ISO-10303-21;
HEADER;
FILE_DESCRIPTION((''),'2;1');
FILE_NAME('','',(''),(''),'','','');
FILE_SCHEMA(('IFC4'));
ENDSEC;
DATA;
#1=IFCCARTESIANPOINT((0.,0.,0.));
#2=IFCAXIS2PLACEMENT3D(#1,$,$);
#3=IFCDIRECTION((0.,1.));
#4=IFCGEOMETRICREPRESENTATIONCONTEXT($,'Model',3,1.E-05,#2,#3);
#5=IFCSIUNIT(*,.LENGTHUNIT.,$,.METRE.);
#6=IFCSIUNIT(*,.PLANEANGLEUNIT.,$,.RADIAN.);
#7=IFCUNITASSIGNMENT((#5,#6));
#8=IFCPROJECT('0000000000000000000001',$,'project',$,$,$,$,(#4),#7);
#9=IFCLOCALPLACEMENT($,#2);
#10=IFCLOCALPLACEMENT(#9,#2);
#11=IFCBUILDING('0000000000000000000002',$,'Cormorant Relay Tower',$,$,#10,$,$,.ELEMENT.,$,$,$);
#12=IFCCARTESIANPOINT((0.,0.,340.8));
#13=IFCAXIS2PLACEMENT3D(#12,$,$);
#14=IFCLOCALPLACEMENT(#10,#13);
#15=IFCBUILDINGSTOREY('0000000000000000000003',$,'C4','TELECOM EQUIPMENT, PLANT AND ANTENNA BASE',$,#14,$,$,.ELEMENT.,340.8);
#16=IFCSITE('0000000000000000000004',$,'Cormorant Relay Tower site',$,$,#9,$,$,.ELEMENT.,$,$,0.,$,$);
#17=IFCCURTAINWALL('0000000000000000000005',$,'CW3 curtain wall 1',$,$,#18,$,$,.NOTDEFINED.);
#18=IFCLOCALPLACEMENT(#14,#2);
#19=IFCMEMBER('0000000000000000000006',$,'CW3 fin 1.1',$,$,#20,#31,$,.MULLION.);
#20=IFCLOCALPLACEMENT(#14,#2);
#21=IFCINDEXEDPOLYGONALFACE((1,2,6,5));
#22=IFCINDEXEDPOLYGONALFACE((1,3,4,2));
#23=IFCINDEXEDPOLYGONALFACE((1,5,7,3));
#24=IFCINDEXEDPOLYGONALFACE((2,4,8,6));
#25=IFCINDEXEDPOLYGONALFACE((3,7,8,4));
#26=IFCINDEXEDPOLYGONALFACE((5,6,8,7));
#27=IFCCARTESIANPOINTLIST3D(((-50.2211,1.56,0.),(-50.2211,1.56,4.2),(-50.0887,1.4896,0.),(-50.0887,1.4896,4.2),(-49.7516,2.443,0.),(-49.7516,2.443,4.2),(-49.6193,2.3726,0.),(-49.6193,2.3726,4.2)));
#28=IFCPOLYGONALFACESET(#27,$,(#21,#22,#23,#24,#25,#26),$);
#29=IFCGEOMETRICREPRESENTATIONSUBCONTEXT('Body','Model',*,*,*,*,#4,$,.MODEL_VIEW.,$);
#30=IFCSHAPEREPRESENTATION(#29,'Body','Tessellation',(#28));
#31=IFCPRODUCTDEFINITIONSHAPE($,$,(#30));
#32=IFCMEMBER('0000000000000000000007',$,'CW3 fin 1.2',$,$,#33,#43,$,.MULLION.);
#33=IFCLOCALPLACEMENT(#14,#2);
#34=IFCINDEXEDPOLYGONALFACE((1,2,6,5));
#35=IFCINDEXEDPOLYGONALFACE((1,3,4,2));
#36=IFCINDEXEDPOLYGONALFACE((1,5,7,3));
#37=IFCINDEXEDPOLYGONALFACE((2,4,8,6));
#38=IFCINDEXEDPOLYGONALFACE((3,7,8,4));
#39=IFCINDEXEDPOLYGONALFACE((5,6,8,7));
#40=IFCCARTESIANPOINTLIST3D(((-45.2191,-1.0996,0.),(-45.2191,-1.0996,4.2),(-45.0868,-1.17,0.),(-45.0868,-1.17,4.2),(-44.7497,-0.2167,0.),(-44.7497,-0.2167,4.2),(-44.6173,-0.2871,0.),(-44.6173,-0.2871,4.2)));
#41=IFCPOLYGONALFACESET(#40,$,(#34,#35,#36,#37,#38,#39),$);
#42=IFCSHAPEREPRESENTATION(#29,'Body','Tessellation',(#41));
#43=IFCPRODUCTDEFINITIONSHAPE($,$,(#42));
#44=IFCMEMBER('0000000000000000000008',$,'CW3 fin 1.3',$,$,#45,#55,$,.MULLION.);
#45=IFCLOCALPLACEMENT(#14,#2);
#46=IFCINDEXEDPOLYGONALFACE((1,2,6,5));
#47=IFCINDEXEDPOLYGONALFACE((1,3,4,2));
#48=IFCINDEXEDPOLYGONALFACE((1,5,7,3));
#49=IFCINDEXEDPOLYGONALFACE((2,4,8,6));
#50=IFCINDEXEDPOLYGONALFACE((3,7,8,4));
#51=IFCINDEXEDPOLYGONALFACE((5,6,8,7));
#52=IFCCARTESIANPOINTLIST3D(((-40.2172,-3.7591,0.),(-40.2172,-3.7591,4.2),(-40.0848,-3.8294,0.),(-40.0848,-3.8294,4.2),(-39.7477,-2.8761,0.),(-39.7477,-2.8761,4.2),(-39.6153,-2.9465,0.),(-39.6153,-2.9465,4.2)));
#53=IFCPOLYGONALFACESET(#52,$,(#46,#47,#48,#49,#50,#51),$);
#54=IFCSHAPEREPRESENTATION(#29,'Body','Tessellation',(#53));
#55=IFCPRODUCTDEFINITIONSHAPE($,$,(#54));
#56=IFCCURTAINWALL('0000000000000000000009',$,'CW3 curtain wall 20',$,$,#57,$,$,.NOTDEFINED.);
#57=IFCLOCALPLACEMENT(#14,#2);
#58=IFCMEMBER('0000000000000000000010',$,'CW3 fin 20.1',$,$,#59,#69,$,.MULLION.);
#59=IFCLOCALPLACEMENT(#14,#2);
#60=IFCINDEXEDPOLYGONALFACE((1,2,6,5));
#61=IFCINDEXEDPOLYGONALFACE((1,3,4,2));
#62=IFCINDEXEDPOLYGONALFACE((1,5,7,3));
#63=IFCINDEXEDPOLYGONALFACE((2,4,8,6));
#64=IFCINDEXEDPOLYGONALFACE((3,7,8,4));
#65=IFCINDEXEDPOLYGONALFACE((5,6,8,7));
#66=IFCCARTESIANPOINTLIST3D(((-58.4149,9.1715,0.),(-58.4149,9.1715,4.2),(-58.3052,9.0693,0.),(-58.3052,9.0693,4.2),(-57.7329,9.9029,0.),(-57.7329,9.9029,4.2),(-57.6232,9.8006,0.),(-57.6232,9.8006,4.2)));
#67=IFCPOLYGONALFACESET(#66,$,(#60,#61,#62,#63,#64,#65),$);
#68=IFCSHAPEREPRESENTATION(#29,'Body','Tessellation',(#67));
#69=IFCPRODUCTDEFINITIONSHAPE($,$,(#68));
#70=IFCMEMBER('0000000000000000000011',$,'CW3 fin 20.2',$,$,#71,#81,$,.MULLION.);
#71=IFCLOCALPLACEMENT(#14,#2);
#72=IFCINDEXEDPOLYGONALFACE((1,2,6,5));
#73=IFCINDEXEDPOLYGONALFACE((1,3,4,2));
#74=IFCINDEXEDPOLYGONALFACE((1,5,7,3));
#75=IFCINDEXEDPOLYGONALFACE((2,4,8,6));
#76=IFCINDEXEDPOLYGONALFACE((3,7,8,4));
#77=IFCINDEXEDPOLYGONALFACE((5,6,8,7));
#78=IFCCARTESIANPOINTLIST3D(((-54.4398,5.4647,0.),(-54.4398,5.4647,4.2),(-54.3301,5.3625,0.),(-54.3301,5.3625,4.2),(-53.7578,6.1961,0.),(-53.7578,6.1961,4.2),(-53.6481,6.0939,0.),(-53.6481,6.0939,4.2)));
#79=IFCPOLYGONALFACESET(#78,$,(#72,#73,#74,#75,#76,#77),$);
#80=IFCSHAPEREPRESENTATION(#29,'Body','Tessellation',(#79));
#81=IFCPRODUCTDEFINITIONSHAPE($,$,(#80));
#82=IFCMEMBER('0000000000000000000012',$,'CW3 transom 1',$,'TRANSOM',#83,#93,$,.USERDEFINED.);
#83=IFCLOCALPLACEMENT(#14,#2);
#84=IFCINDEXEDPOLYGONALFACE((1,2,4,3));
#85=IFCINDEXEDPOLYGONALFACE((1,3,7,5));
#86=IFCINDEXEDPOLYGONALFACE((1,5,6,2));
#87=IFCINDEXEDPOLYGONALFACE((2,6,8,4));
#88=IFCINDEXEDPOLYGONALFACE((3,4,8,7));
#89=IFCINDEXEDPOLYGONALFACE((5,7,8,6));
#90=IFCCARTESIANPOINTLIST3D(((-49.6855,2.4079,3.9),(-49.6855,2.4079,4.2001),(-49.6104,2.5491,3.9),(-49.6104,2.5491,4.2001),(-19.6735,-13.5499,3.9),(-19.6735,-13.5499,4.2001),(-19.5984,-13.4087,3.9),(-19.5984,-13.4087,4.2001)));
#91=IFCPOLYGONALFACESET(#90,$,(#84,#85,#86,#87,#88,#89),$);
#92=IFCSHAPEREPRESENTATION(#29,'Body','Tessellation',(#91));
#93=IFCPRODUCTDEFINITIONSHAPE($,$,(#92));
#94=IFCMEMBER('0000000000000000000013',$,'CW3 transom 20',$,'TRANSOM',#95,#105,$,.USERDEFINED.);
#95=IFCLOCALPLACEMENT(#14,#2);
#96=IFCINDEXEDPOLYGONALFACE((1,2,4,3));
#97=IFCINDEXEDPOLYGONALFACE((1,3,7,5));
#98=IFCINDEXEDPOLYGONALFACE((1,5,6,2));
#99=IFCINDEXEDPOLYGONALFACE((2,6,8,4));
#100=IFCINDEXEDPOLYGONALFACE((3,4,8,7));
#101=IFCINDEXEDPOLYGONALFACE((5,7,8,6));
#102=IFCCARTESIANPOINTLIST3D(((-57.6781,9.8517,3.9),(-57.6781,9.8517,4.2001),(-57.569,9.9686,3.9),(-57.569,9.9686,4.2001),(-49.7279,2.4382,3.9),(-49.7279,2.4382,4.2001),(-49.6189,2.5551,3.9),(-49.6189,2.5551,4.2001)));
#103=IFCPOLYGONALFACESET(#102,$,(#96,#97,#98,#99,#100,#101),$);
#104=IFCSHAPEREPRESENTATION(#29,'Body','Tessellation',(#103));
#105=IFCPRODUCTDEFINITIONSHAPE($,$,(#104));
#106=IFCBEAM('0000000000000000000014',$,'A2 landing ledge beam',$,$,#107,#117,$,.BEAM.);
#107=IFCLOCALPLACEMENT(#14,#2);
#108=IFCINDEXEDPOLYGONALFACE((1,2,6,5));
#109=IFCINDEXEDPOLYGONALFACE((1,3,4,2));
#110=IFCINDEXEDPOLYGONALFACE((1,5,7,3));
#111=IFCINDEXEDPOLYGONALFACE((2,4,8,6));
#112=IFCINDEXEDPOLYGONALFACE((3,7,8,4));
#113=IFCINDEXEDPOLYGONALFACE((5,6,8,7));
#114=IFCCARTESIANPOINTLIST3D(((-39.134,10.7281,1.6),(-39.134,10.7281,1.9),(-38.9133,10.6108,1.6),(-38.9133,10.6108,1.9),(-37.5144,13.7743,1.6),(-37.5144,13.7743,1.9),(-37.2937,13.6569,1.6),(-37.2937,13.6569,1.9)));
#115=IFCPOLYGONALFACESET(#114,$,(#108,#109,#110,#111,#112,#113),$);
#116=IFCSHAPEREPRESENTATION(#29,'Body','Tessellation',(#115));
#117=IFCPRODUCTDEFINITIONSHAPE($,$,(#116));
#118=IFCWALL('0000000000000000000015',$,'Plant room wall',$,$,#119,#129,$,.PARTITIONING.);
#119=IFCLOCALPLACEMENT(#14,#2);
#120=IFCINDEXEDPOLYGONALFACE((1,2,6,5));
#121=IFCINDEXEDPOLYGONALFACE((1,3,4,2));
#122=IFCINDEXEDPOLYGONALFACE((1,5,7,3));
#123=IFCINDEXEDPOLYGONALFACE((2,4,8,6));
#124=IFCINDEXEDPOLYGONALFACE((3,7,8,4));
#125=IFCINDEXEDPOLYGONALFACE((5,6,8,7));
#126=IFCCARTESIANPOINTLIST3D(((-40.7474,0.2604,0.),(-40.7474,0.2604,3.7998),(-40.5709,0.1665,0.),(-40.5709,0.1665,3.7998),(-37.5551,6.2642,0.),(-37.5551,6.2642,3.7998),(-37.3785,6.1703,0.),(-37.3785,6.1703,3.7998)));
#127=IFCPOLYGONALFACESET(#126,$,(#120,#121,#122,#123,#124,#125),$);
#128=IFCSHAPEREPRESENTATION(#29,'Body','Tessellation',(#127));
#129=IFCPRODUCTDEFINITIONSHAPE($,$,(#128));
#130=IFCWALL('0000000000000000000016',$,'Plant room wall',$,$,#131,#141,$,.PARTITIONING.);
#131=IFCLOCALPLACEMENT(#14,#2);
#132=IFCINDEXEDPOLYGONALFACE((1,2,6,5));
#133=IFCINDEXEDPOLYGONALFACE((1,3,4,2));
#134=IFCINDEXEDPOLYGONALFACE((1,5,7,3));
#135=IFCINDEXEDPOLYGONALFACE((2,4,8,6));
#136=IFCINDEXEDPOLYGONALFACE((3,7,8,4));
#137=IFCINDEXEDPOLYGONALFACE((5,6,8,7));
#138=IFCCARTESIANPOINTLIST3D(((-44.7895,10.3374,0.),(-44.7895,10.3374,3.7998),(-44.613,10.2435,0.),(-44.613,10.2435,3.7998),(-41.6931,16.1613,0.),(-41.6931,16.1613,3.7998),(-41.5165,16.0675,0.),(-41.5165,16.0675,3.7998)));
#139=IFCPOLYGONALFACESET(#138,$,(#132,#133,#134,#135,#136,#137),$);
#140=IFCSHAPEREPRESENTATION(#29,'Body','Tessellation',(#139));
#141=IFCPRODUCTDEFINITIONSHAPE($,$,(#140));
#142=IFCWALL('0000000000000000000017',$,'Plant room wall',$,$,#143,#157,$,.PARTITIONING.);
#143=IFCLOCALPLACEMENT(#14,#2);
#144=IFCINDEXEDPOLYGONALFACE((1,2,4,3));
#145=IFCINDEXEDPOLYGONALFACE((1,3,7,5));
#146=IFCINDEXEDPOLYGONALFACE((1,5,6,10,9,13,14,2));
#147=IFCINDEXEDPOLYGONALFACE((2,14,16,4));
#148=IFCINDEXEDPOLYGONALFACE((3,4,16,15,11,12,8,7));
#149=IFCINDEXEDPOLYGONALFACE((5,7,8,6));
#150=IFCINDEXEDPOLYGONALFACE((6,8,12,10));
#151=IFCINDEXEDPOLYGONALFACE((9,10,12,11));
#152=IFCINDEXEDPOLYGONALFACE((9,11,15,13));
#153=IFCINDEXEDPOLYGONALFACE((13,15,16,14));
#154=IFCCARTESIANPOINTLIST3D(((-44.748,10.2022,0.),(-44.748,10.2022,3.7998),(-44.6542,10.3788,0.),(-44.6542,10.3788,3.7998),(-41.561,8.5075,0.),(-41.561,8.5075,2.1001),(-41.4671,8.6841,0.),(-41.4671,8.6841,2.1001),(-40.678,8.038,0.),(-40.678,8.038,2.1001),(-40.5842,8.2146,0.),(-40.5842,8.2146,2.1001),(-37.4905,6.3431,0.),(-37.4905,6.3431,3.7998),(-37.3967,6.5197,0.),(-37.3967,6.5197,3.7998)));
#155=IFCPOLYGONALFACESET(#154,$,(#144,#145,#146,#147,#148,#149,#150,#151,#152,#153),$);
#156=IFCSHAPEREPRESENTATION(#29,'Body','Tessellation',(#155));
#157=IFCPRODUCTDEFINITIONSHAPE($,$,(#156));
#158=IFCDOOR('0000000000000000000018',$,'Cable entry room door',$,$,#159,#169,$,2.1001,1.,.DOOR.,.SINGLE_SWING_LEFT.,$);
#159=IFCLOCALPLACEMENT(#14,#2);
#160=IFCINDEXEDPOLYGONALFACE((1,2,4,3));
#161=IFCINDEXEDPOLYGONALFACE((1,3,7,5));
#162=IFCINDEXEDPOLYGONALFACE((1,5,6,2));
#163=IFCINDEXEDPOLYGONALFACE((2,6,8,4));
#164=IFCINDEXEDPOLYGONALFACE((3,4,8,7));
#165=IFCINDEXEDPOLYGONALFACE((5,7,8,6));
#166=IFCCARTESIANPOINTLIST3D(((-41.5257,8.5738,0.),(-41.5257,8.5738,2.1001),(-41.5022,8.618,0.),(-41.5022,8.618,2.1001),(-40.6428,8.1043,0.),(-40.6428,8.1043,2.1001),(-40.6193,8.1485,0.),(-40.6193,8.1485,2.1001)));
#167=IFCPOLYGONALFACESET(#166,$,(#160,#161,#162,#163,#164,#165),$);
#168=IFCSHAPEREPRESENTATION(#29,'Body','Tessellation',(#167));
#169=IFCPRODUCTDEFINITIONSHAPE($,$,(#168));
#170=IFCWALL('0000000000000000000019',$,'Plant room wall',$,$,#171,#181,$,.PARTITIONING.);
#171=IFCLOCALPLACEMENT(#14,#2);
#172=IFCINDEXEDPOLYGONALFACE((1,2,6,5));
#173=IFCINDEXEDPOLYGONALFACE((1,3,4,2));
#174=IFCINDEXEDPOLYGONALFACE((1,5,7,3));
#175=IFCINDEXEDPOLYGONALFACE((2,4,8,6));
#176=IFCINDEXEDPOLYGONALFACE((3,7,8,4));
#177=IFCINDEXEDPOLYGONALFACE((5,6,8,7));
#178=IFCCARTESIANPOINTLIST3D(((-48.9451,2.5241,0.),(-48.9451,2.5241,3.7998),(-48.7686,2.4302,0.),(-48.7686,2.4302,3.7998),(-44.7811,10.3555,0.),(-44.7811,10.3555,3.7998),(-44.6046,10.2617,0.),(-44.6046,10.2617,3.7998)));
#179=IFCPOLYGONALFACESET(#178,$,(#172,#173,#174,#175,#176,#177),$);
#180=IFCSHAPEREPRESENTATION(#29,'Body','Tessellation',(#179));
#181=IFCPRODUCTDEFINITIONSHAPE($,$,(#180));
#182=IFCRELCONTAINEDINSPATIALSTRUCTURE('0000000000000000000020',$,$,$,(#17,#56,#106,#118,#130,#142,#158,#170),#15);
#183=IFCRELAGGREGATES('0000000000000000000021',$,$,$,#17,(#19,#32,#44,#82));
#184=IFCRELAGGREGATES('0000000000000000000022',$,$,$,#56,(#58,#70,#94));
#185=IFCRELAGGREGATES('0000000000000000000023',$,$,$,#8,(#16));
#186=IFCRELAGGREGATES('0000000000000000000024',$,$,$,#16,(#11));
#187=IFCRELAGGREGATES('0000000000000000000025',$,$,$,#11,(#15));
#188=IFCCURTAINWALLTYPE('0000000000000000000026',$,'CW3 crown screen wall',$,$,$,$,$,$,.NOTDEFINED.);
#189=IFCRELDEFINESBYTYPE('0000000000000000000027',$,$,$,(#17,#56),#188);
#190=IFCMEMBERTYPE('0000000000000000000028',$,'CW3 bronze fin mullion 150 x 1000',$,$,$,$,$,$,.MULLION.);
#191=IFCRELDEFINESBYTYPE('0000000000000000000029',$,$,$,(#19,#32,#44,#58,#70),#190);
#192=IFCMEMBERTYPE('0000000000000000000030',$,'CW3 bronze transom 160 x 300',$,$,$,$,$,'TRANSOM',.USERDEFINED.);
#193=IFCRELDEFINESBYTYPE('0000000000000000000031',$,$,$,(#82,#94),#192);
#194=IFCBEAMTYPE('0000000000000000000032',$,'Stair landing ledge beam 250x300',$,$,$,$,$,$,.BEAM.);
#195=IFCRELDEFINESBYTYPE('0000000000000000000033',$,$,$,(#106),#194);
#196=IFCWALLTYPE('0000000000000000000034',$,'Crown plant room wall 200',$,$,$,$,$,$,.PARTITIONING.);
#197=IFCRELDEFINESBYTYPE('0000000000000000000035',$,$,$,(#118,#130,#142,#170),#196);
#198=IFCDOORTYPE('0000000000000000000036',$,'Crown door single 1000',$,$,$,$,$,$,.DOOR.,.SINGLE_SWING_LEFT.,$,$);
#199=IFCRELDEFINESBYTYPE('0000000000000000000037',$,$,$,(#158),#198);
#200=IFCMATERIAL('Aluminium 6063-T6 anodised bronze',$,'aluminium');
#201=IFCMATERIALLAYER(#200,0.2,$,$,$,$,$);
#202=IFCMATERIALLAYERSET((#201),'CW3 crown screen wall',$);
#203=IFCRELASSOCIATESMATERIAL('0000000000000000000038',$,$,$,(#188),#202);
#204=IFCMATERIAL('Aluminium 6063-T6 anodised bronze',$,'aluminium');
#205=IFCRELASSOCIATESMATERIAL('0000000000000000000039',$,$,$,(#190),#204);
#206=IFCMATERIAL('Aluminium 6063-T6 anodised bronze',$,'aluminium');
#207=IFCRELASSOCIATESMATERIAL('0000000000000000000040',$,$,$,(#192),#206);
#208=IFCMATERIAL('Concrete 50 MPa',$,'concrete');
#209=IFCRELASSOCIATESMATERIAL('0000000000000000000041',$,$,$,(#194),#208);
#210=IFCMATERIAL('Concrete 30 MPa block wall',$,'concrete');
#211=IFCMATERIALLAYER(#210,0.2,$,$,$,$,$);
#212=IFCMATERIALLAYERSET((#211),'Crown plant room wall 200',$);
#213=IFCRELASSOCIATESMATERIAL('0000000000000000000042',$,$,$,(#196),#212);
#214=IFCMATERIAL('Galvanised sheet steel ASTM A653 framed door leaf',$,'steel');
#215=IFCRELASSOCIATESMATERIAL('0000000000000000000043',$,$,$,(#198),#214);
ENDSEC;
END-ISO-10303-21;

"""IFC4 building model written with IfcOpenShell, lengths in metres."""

from ifc_helpers import new_model, si_unit, direction, frame, frame_2d, origin, origin_2d, place, context, subcontext, project, spatial, rectangle, extrude, material, layer, layer_set, material_profile, profile_set, type_object, element, fill, aggregate, save


model = new_model("IFC4")

# Units and contexts
model_context = context("Model", 3, precision=1e-05, world=origin(), true_north=direction((0.0, 1.0)))
body_context = subcontext(model_context, "Body", "Model", "MODEL_VIEW")
ifc_project = project(units=[si_unit("LENGTHUNIT", "METRE"), si_unit("PLANEANGLEUNIT", "RADIAN")], contexts=[model_context])

# Site, building, storey
site_placement = place(None, origin())
site = spatial("IfcSite", under=ifc_project, at=site_placement, Name="Cormorant Relay Tower site", CompositionType="ELEMENT", RefElevation=0.0)
building_placement = place(site_placement, origin())
building = spatial("IfcBuilding", under=site, at=building_placement, Name="Cormorant Relay Tower", CompositionType="ELEMENT")
storey_placement = place(building_placement, frame((0.0, 0.0, 340.8)))
storey = spatial("IfcBuildingStorey", under=building, at=storey_placement, Name="C4", Description="TELECOM EQUIPMENT, PLANT AND ANTENNA BASE", CompositionType="ELEMENT", Elevation=340.8)

# Curtain walls, members
ifc_material_1 = material(Name="Aluminium 6063-T6 anodised bronze", Category="aluminium")
ifc_layer_1 = layer(ifc_material_1, 0.2)
ifc_layer_set_1 = layer_set([ifc_layer_1], Name="CW3 crown screen wall")
curtain_wall_type = type_object("IfcCurtainWallType", Name="CW3 crown screen wall", PredefinedType="NOTDEFINED", material=ifc_layer_set_1)
curtain_wall_1_placement = place(storey_placement, origin())
curtain_wall_1 = element("IfcCurtainWall", 1, at=curtain_wall_1_placement, inside=storey, type_object=curtain_wall_type, Name="CW3 curtain wall 1", PredefinedType="NOTDEFINED")
ifc_material_2 = material(Name="Aluminium 6063-T6 anodised bronze", Category="aluminium")
ifc_material_profile_1 = material_profile(ifc_material_2, rectangle(XDim=0.1499, YDim=1.0, at=origin_2d()), Name="AL 150x1000")
ifc_profile_set_1 = profile_set([ifc_material_profile_1], Name="Aluminium 6063-T6 anodised bronze")
member_type_1 = type_object("IfcMemberType", Name="CW3 bronze fin mullion 150 x 1000", PredefinedType="MULLION", material=ifc_profile_set_1)
member_1_placement = place(storey_placement, frame((-49.9202, 1.9663, 0.0), z_axis=(0.0, 0.0, 1.0), x_axis=(0.882948, -0.469472, 0.0)))
member_1 = element("IfcMember", 2, at=member_1_placement, type_object=member_type_1, Name="CW3 fin 1.1", PredefinedType="MULLION", context=body_context, shape_type="SweptSolid", body=[
    extrude(rectangle(XDim=0.1499, YDim=1.0, at=origin_2d()), origin(), (0.0, 0.0, 1.0), 4.2),
])
member_2_placement = place(storey_placement, frame((-44.9182, -0.6934, 0.0), z_axis=(0.0, 0.0, 1.0), x_axis=(0.882948, -0.469472, 0.0)))
member_2 = element("IfcMember", 3, at=member_2_placement, type_object=member_type_1, Name="CW3 fin 1.2", PredefinedType="MULLION", context=body_context, shape_type="SweptSolid", body=[
    extrude(rectangle(XDim=0.1499, YDim=1.0, at=origin_2d()), origin(), (0.0, 0.0, 1.0), 4.2),
])
member_3_placement = place(storey_placement, frame((-39.9163, -3.3528, 0.0), z_axis=(0.0, 0.0, 1.0), x_axis=(0.882948, -0.469472, 0.0)))
member_3 = element("IfcMember", 4, at=member_3_placement, type_object=member_type_1, Name="CW3 fin 1.3", PredefinedType="MULLION", context=body_context, shape_type="SweptSolid", body=[
    extrude(rectangle(XDim=0.1499, YDim=1.0, at=origin_2d()), origin(), (0.0, 0.0, 1.0), 4.2),
])
curtain_wall_2_placement = place(storey_placement, origin())
curtain_wall_2 = element("IfcCurtainWall", 5, at=curtain_wall_2_placement, inside=storey, type_object=curtain_wall_type, Name="CW3 curtain wall 20", PredefinedType="NOTDEFINED")
member_4_placement = place(storey_placement, frame((-58.019, 9.4861, 0.0), z_axis=(0.0, 0.0, 1.0), x_axis=(0.731354, -0.681998, 0.0)))
member_4 = element("IfcMember", 6, at=member_4_placement, type_object=member_type_1, Name="CW3 fin 20.1", PredefinedType="MULLION", context=body_context, shape_type="SweptSolid", body=[
    extrude(rectangle(XDim=0.1499, YDim=1.0, at=origin_2d()), origin(), (0.0, 0.0, 1.0), 4.2),
])
member_5_placement = place(storey_placement, frame((-54.0439, 5.7793, 0.0), z_axis=(0.0, 0.0, 1.0), x_axis=(0.731354, -0.681998, 0.0)))
member_5 = element("IfcMember", 7, at=member_5_placement, type_object=member_type_1, Name="CW3 fin 20.2", PredefinedType="MULLION", context=body_context, shape_type="SweptSolid", body=[
    extrude(rectangle(XDim=0.1499, YDim=1.0, at=origin_2d()), origin(), (0.0, 0.0, 1.0), 4.2),
])

# Members
ifc_material_3 = material(Name="Aluminium 6063-T6 anodised bronze", Category="aluminium")
ifc_material_profile_2 = material_profile(ifc_material_3, rectangle(XDim=0.1599, YDim=0.3, at=origin_2d()), Name="AL 160x300")
ifc_profile_set_2 = profile_set([ifc_material_profile_2], Name="Aluminium 6063-T6 anodised bronze")
member_type_2 = type_object("IfcMemberType", Name="CW3 bronze transom 160 x 300", ElementType="TRANSOM", PredefinedType="USERDEFINED", material=ifc_profile_set_2)
member_6_placement = place(storey_placement, frame((-49.6479, 2.4785, 4.05), z_axis=(0.882946, -0.469474, 0.0), x_axis=(0.469474, 0.882946, 0.0)))
member_6 = element("IfcMember", 8, at=member_6_placement, type_object=member_type_2, Name="CW3 transom 1", ObjectType="TRANSOM", PredefinedType="USERDEFINED", context=body_context, shape_type="SweptSolid", body=[
    extrude(rectangle(XDim=0.1599, YDim=0.3, at=origin_2d()), origin(), (0.0, 0.0, 1.0), 33.9907),
])
member_7_placement = place(storey_placement, frame((-57.6235, 9.9102, 4.05), z_axis=(0.731358, -0.681993, 0.0), x_axis=(0.681993, 0.731358, 0.0)))
member_7 = element("IfcMember", 9, at=member_7_placement, type_object=member_type_2, Name="CW3 transom 20", ObjectType="TRANSOM", PredefinedType="USERDEFINED", context=body_context, shape_type="SweptSolid", body=[
    extrude(rectangle(XDim=0.1599, YDim=0.3, at=origin_2d()), origin(), (0.0, 0.0, 1.0), 10.8704),
])

# Beam
ifc_material_4 = material(Name="Concrete 50 MPa", Category="concrete")
ifc_material_profile_3 = material_profile(ifc_material_4, rectangle(XDim=0.25, YDim=0.3, at=origin_2d()), Name="RC 250x300")
ifc_profile_set_3 = profile_set([ifc_material_profile_3], Name="Concrete 50 MPa")
beam_type = type_object("IfcBeamType", Name="Stair landing ledge beam 250x300", PredefinedType="BEAM", material=ifc_profile_set_3)
beam_placement = place(storey_placement, frame((-37.4041, 13.7156, 1.75), z_axis=(-0.469464, -0.882952, 0.0), x_axis=(0.882952, -0.469464, 0.0)))
element("IfcBeam", 10, at=beam_placement, inside=storey, type_object=beam_type, Name="A2 landing ledge beam", PredefinedType="BEAM", context=body_context, shape_type="SweptSolid", body=[
    extrude(rectangle(XDim=0.25, YDim=0.3, at=origin_2d()), origin(), (0.0, 0.0, 1.0), 3.45),
])

# Walls
ifc_material_5 = material(Name="Concrete 30 MPa block wall", Category="concrete")
ifc_layer_2 = layer(ifc_material_5, 0.2)
ifc_layer_set_2 = layer_set([ifc_layer_2], Name="Crown plant room wall 200")
wall_type_1 = type_object("IfcWallType", Name="Crown plant room wall 200", PredefinedType="PARTITIONING", material=ifc_layer_set_2)
wall_1_placement = place(storey_placement, frame((-37.4668, 6.2173, 0.0), z_axis=(0.0, 0.0, 1.0), x_axis=(-0.469477, -0.882945, 0.0)))
element("IfcWall", 11, at=wall_1_placement, inside=storey, type_object=wall_type_1, Name="Plant room wall", PredefinedType="PARTITIONING", context=body_context, shape_type="SweptSolid", body=[
    extrude(rectangle(XDim=6.7998, YDim=0.2, at=frame_2d((3.3999, 0.0))), origin(), (0.0, 0.0, 1.0), 3.7998),
])
wall_2_placement = place(storey_placement, frame((-44.7012, 10.2905, 0.0), z_axis=(0.0, 0.0, 1.0), x_axis=(0.469445, 0.882962, 0.0)))
element("IfcWall", 12, at=wall_2_placement, inside=storey, type_object=wall_type_1, Name="Plant room wall", PredefinedType="PARTITIONING", context=body_context, shape_type="SweptSolid", body=[
    extrude(rectangle(XDim=6.5959, YDim=0.2, at=frame_2d((3.2979, 0.0))), origin(), (0.0, 0.0, 1.0), 3.7998),
])

# Wall, opening, door
wall_3_placement = place(storey_placement, frame((-37.4436, 6.4314, 0.0), z_axis=(0.0, 0.0, 1.0), x_axis=(-0.882937, 0.469492, 0.0)))
wall_3 = element("IfcWall", 13, at=wall_3_placement, inside=storey, type_object=wall_type_1, Name="Plant room wall", PredefinedType="PARTITIONING", context=body_context, shape_type="SweptSolid", body=[
    extrude(rectangle(XDim=8.2197, YDim=0.2, at=frame_2d((4.1099, 0.0))), origin(), (0.0, 0.0, 1.0), 3.7998),
])
opening_1_placement = place(wall_3_placement, frame((3.6101, 0.0, 0.0)))
opening_1 = element("IfcOpeningElement", 14, at=opening_1_placement, cuts=wall_3, PredefinedType="OPENING", context=body_context, shape_type="SweptSolid", body=[
    extrude(rectangle(XDim=1.0, YDim=2.1001, at=frame_2d((0.5, 1.05))), frame((0.0, 0.1099, 0.0), z_axis=(0.0, -1.0, 0.0), x_axis=(1.0, 0.0, 0.0)), (0.0, 0.0, 1.0), 0.22),
])
ifc_material_6 = material(Name="Galvanised sheet steel ASTM A653 framed door leaf", Category="steel")
door_type_1 = type_object("IfcDoorType", Name="Crown door single 1000", OperationType="SINGLE_SWING_LEFT", PredefinedType="DOOR", material=ifc_material_6)
door_1_placement = place(opening_1_placement, origin())
door_1 = element("IfcDoor", 15, at=door_1_placement, inside=storey, type_object=door_type_1, Name="Cable entry room door", OperationType="SINGLE_SWING_LEFT", OverallHeight=2.1001, OverallWidth=1.0, PredefinedType="DOOR", context=body_context, shape_type="SweptSolid", body=[
    extrude(rectangle(XDim=1.0, YDim=2.1001, at=frame_2d((0.5, 1.05))), frame((0.0, 0.0249, 0.0), z_axis=(0.0, -1.0, 0.0), x_axis=(1.0, 0.0, 0.0)), (0.0, 0.0, 1.0), 0.05),
])
fill(opening_1, door_1)

# Wall
wall_4_placement = place(storey_placement, frame((-44.6929, 10.3086, 0.0), z_axis=(0.0, 0.0, 1.0), x_axis=(-0.469468, -0.88295, 0.0)))
element("IfcWall", 16, at=wall_4_placement, inside=storey, type_object=wall_type_1, Name="Plant room wall", PredefinedType="PARTITIONING", context=body_context, shape_type="SweptSolid", body=[
    extrude(rectangle(XDim=8.8696, YDim=0.2, at=frame_2d((4.4348, 0.0))), origin(), (0.0, 0.0, 1.0), 3.7998),
])

aggregate(curtain_wall_1, [member_1, member_2, member_3, member_6])

aggregate(curtain_wall_2, [member_4, member_5, member_7])

save(model, "model.ifc")
